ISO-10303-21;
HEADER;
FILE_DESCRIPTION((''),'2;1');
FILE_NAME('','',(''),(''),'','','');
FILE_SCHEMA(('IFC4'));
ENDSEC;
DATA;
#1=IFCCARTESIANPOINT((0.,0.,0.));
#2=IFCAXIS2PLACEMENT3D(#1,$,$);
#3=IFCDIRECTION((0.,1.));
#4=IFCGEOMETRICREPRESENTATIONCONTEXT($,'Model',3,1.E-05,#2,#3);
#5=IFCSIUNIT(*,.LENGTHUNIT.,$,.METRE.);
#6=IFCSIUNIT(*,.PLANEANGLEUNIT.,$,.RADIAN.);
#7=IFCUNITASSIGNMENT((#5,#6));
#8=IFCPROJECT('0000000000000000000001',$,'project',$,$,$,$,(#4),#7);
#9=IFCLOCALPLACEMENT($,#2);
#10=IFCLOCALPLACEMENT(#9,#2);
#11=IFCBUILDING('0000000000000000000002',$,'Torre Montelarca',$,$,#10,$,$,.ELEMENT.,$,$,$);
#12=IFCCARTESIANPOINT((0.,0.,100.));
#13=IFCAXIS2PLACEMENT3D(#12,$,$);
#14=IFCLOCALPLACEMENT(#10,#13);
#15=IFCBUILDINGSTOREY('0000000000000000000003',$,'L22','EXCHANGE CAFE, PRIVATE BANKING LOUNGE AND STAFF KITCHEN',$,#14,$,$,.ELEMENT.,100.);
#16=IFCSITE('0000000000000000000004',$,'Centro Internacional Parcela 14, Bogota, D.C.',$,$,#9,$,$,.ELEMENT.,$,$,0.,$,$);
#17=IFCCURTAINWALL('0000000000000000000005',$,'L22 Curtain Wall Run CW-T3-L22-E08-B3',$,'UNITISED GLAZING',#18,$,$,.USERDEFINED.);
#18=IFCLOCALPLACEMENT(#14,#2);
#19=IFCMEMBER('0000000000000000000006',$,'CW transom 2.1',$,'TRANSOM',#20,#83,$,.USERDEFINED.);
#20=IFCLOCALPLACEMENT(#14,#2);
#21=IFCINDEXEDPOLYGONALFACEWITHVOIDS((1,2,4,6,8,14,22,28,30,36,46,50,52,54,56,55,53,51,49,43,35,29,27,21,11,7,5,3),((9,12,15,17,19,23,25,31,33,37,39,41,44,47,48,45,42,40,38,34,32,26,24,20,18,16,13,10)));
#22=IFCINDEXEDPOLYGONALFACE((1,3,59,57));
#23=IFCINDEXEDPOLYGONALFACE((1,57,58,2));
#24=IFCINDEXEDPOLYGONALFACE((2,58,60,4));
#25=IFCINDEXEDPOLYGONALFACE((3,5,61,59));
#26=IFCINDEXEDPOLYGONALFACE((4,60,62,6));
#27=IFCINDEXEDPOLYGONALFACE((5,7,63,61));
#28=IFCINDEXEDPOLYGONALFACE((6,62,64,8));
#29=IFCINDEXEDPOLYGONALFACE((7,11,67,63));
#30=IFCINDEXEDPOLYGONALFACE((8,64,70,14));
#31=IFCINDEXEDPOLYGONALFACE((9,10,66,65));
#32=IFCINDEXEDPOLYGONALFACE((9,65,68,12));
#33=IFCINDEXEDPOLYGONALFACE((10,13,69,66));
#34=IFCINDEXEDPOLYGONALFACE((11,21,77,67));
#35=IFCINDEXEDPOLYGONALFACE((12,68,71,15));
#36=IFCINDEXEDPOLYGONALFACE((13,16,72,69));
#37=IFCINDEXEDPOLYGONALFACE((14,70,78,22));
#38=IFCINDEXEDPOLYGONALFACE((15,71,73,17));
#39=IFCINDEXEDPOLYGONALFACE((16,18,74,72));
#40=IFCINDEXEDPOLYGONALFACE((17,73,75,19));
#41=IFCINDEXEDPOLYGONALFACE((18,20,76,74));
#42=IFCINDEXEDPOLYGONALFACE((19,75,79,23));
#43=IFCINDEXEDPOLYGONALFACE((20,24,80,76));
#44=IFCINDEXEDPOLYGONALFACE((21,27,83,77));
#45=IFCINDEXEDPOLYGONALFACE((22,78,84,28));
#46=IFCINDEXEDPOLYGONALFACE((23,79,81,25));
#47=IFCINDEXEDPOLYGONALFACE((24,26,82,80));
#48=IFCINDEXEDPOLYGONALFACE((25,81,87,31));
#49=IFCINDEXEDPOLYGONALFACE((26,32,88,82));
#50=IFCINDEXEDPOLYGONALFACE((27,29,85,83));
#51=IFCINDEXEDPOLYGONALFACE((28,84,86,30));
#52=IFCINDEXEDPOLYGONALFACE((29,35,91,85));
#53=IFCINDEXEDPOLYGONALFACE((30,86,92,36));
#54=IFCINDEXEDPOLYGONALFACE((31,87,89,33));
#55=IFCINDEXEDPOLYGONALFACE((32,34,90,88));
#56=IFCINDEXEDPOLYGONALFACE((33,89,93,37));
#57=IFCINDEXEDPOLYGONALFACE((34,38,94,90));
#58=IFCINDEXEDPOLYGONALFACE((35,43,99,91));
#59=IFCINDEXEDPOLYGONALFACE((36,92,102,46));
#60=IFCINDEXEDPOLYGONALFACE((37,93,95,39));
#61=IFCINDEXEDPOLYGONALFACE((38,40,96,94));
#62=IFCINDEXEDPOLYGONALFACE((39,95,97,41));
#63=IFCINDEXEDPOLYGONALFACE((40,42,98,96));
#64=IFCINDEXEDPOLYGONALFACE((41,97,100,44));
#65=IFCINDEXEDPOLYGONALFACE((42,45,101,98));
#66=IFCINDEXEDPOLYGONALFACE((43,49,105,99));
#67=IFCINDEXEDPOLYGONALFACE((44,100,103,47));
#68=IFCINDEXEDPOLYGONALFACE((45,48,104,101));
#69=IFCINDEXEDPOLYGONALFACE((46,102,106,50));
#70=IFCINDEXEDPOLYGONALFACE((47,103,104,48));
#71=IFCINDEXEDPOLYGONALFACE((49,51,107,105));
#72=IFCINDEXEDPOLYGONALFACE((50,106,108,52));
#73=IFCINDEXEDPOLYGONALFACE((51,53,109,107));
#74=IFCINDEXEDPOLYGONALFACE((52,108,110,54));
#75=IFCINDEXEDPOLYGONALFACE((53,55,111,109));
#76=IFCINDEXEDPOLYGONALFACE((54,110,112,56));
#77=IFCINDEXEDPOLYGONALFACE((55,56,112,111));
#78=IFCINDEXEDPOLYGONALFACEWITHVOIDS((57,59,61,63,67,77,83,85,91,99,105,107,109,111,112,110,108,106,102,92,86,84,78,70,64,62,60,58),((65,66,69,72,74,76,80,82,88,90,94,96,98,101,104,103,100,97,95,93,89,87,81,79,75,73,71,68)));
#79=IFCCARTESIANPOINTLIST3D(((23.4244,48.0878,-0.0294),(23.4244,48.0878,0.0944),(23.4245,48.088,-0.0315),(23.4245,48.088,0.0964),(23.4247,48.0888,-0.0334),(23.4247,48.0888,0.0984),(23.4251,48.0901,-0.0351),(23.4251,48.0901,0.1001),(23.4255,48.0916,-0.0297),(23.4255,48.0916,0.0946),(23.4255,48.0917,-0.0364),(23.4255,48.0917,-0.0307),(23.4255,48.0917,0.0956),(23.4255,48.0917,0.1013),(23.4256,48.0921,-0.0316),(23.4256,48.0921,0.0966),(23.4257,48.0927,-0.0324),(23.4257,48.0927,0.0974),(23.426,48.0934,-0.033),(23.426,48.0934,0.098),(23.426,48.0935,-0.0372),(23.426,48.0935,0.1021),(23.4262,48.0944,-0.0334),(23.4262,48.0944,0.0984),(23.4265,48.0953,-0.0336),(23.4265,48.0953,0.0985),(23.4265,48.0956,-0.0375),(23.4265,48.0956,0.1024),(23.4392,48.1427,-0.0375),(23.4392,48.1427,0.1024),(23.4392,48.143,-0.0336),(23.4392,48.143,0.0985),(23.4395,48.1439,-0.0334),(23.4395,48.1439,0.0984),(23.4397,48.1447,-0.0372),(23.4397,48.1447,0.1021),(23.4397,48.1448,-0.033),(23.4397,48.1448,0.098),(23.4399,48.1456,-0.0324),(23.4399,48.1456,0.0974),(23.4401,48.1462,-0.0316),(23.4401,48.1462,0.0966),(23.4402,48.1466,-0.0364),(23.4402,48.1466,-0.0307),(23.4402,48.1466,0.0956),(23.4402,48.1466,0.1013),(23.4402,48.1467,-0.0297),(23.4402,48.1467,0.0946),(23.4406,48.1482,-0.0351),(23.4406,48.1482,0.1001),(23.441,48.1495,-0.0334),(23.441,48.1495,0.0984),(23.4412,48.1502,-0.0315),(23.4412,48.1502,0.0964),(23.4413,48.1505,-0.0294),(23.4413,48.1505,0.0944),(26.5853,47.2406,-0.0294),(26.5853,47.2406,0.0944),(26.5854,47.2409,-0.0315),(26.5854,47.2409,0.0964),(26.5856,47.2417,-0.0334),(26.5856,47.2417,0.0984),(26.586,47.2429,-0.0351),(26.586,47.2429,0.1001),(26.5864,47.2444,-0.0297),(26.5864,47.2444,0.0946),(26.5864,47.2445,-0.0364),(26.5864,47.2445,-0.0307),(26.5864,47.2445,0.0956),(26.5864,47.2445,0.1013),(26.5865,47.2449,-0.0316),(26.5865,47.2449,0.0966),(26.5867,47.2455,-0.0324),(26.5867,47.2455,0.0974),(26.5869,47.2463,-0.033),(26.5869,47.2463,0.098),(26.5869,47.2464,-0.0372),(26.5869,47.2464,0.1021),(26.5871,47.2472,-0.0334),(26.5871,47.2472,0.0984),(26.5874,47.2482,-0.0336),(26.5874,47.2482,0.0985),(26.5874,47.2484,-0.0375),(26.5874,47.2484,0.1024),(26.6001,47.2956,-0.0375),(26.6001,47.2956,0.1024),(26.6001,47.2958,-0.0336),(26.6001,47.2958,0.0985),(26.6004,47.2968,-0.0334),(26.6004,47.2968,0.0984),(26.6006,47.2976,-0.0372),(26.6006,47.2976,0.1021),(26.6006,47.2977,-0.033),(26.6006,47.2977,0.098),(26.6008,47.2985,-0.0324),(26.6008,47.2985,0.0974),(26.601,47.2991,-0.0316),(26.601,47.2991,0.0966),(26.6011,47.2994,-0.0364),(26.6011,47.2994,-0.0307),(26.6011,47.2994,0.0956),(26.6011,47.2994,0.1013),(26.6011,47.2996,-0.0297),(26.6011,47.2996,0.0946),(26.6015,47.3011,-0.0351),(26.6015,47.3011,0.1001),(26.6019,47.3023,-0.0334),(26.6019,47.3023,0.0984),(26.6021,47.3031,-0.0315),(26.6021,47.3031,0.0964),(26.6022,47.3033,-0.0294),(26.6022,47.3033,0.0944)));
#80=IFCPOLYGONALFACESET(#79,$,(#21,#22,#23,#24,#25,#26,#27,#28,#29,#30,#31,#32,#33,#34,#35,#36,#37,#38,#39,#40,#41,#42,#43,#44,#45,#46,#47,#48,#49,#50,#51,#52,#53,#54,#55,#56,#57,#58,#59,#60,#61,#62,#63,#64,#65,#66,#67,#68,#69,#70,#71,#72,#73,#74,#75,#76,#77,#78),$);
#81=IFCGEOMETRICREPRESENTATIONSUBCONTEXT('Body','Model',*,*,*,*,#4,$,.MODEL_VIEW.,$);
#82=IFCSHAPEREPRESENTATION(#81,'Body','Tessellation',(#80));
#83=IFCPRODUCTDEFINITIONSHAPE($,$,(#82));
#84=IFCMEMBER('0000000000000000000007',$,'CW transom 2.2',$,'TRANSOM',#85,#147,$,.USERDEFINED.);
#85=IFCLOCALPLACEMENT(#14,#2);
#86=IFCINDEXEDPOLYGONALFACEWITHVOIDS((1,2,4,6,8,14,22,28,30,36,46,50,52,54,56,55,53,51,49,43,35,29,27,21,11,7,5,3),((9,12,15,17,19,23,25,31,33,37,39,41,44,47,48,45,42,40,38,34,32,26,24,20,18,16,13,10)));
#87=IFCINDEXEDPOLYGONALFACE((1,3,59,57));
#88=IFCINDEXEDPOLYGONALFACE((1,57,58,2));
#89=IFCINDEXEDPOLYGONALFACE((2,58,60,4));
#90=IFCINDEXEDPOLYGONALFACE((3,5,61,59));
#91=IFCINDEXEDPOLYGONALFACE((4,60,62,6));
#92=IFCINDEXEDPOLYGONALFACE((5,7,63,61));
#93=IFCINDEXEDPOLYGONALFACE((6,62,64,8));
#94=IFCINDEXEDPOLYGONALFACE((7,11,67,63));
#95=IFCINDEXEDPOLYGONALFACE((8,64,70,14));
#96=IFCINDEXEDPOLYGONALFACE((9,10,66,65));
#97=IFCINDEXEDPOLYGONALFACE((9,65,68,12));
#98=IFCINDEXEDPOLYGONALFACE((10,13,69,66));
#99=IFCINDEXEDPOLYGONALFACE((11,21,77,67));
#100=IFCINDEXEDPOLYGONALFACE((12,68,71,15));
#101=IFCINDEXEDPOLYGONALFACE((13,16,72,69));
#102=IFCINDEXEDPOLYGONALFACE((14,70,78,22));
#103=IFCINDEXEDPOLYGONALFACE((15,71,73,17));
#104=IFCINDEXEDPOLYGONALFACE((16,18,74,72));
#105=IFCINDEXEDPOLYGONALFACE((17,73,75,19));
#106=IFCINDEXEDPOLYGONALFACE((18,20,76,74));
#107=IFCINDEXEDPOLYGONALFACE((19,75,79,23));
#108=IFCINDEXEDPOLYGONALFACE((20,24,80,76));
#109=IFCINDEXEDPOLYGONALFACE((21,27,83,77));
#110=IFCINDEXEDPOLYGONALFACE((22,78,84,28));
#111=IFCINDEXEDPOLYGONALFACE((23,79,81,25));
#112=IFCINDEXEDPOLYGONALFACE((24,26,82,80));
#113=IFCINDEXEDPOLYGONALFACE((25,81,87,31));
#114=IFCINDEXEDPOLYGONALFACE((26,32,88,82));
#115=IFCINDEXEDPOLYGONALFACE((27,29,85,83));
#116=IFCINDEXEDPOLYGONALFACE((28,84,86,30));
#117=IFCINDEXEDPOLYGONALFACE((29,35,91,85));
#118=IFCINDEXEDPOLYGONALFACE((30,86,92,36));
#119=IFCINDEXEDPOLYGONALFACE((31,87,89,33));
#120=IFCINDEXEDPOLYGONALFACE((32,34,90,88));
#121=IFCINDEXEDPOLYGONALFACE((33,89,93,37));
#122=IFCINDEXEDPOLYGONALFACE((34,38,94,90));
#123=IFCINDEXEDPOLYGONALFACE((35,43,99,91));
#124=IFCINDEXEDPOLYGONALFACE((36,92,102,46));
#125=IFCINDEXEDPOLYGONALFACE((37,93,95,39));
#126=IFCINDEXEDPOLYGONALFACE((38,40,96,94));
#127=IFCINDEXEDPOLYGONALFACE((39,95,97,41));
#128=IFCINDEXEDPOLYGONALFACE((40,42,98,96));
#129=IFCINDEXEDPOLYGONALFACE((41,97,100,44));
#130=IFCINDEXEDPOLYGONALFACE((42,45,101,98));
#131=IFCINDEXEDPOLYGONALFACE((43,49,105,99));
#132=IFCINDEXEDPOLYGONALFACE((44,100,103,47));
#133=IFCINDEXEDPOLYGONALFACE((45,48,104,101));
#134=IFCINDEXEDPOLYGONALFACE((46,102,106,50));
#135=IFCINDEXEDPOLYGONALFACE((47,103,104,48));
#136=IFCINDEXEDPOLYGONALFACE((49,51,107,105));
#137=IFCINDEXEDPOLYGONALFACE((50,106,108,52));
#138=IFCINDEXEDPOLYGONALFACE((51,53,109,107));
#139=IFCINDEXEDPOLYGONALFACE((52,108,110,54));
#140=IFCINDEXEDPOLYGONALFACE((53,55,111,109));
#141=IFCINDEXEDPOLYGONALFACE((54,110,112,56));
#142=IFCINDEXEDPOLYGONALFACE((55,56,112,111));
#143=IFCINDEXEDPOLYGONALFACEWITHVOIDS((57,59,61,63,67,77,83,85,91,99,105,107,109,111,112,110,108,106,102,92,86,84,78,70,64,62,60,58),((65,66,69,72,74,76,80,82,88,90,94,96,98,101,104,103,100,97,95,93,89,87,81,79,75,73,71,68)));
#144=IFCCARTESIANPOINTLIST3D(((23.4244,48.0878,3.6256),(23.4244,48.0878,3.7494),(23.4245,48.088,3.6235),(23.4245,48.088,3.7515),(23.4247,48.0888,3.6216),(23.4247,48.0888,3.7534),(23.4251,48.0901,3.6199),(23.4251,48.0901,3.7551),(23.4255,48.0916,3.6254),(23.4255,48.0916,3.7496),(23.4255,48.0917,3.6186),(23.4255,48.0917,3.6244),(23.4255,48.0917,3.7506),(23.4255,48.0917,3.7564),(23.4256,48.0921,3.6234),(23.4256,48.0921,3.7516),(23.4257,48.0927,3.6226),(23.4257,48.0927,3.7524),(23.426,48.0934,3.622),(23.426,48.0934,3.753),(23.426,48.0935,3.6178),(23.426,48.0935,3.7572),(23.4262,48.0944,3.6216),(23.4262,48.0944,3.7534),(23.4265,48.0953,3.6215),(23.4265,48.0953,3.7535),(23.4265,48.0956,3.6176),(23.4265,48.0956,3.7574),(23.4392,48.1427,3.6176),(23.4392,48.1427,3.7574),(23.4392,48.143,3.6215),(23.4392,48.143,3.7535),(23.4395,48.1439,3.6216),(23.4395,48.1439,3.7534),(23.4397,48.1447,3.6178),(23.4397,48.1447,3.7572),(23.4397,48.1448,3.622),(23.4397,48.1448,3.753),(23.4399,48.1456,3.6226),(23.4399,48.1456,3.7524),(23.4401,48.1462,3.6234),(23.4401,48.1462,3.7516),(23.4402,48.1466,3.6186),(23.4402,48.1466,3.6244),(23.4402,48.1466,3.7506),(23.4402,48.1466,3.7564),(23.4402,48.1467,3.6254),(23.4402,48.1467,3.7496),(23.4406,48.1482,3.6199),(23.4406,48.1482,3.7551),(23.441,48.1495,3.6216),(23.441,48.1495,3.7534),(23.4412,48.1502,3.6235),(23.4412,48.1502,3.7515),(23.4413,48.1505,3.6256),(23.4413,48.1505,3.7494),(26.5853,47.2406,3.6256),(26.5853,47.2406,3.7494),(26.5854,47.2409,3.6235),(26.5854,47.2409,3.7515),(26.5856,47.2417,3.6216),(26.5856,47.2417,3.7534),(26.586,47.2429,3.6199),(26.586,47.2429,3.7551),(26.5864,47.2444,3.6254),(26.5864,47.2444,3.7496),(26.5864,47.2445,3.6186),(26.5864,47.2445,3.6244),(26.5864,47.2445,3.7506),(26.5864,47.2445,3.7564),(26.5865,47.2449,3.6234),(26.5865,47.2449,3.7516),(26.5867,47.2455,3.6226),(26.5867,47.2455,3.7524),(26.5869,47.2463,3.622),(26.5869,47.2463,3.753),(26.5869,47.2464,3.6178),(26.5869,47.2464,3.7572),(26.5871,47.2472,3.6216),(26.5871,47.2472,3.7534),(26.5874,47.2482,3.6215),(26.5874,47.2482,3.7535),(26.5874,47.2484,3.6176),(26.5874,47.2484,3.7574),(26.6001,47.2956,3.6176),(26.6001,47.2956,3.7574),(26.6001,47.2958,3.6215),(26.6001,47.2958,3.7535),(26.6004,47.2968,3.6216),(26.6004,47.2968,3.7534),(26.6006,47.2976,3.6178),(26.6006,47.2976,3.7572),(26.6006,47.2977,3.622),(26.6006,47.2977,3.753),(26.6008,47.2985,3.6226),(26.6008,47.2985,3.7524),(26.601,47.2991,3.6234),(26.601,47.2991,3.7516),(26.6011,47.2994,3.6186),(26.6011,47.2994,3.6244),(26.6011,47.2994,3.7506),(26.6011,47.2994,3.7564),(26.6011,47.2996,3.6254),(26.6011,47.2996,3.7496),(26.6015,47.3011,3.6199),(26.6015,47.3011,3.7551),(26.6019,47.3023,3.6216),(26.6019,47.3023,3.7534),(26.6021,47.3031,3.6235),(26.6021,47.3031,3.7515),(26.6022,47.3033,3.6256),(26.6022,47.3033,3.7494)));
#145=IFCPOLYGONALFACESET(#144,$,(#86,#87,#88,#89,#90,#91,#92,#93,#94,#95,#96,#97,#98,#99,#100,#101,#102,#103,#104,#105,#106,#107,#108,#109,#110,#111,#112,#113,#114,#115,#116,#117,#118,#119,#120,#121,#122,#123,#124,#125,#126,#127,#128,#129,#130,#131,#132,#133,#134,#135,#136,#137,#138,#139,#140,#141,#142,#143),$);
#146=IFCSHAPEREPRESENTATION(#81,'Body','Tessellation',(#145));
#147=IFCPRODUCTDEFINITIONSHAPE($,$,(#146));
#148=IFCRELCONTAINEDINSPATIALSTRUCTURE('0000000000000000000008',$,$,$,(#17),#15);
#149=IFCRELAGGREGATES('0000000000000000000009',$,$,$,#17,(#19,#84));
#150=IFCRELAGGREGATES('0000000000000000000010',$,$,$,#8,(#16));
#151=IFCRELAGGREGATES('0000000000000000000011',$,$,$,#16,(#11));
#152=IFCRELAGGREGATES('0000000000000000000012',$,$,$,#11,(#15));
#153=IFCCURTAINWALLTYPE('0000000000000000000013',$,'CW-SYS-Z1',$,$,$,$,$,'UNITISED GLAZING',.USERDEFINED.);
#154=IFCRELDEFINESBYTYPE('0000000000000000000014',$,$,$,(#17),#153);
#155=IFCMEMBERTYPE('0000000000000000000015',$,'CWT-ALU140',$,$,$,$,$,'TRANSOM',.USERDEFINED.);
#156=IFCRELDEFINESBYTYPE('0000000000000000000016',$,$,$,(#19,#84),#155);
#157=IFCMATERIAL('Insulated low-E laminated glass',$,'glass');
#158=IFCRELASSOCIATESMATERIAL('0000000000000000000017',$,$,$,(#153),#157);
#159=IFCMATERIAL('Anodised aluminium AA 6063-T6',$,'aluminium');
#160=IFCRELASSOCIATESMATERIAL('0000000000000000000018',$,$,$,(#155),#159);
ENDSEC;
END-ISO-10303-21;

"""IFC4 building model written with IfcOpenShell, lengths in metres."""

from ifc_helpers import new_model, si_unit, direction, frame, origin, origin_2d, place, context, subcontext, project, spatial, hollow_rectangle, extrude, source, transform, mapped, material, material_profile, profile_set, type_object, element, aggregate, save


model = new_model("IFC4")

# Units and contexts
model_context = context("Model", 3, precision=1e-05, world=origin(), true_north=direction((0.0, 1.0)))
body_context = subcontext(model_context, "Body", "Model", "MODEL_VIEW")
ifc_project = project(units=[si_unit("LENGTHUNIT", "METRE"), si_unit("PLANEANGLEUNIT", "RADIAN")], contexts=[model_context])

# Site, building, storey
site_placement = place(None, origin())
site = spatial("IfcSite", under=ifc_project, at=site_placement, Name="Centro Internacional Parcela 14, Bogota, D.C.", CompositionType="ELEMENT", RefElevation=0.0)
building_placement = place(site_placement, origin())
building = spatial("IfcBuilding", under=site, at=building_placement, Name="Torre Montelarca", CompositionType="ELEMENT")
storey_placement = place(building_placement, frame((0.0, 0.0, 100.0)))
storey = spatial("IfcBuildingStorey", under=building, at=storey_placement, Name="L22", Description="EXCHANGE CAFE, PRIVATE BANKING LOUNGE AND STAFF KITCHEN", CompositionType="ELEMENT", Elevation=100.0)

# Curtain wall, members
ifc_material_1 = material(Name="Insulated low-E laminated glass", Category="glass")
curtain_wall_type = type_object("IfcCurtainWallType", Name="CW-SYS-Z1", ElementType="UNITISED GLAZING", PredefinedType="USERDEFINED", material=ifc_material_1)
ifc_material_2 = material(Name="Anodised aluminium AA 6063-T6", Category="aluminium")
ifc_material_profile_1 = material_profile(ifc_material_2, hollow_rectangle(XDim=0.0649, YDim=0.1399, WallThickness=0.0039, InnerFilletRadius=0.0039, OuterFilletRadius=0.0081, at=origin_2d()), Name="ALU65X140X4", Category="aluminium")
ifc_profile_set_1 = profile_set([ifc_material_profile_1], Name="Anodised aluminium AA 6063-T6")
member_type_1 = type_object("IfcMemberType", Name="CWT-ALU140", ElementType="TRANSOM", PredefinedType="USERDEFINED", material=ifc_profile_set_1)
curtain_wall_1_placement = place(storey_placement, origin())
curtain_wall_1 = element("IfcCurtainWall", 1, at=curtain_wall_1_placement, inside=storey, type_object=curtain_wall_type, Name="L22 Curtain Wall Run CW-T3-L22-E08-B3", ObjectType="UNITISED GLAZING", PredefinedType="USERDEFINED")
shared_shape_1 = source(origin(), body_context, "Body", "SweptSolid", [
    extrude(hollow_rectangle(XDim=0.0649, YDim=0.1399, WallThickness=0.0039, InnerFilletRadius=0.0039, OuterFilletRadius=0.0081, at=origin_2d()), origin(), (0.0, 0.0, 1.0), 3.2725),
])
member_1_placement = place(storey_placement, frame((26.5938, 47.272, 0.0325), z_axis=(-0.96591, 0.258879, 0.0), x_axis=(-0.258879, -0.96591, 0.0)))
member_1 = element("IfcMember", 2, at=member_1_placement, type_object=member_type_1, Name="CW transom 2.1", ObjectType="TRANSOM", PredefinedType="USERDEFINED", context=body_context, shape_type="MappedRepresentation", body=[
    mapped(shared_shape_1, transform((0.0, 0.0, 0.0), scale=1.0)),
])
member_2_placement = place(storey_placement, frame((26.5938, 47.272, 3.6875), z_axis=(-0.96591, 0.258879, 0.0), x_axis=(-0.258879, -0.96591, 0.0)))
member_2 = element("IfcMember", 3, at=member_2_placement, type_object=member_type_1, Name="CW transom 2.2", ObjectType="TRANSOM", PredefinedType="USERDEFINED", context=body_context, shape_type="MappedRepresentation", body=[
    mapped(shared_shape_1, transform((0.0, 0.0, 0.0), scale=1.0)),
])

aggregate(curtain_wall_1, [member_1, member_2])

save(model, "model.ifc")
